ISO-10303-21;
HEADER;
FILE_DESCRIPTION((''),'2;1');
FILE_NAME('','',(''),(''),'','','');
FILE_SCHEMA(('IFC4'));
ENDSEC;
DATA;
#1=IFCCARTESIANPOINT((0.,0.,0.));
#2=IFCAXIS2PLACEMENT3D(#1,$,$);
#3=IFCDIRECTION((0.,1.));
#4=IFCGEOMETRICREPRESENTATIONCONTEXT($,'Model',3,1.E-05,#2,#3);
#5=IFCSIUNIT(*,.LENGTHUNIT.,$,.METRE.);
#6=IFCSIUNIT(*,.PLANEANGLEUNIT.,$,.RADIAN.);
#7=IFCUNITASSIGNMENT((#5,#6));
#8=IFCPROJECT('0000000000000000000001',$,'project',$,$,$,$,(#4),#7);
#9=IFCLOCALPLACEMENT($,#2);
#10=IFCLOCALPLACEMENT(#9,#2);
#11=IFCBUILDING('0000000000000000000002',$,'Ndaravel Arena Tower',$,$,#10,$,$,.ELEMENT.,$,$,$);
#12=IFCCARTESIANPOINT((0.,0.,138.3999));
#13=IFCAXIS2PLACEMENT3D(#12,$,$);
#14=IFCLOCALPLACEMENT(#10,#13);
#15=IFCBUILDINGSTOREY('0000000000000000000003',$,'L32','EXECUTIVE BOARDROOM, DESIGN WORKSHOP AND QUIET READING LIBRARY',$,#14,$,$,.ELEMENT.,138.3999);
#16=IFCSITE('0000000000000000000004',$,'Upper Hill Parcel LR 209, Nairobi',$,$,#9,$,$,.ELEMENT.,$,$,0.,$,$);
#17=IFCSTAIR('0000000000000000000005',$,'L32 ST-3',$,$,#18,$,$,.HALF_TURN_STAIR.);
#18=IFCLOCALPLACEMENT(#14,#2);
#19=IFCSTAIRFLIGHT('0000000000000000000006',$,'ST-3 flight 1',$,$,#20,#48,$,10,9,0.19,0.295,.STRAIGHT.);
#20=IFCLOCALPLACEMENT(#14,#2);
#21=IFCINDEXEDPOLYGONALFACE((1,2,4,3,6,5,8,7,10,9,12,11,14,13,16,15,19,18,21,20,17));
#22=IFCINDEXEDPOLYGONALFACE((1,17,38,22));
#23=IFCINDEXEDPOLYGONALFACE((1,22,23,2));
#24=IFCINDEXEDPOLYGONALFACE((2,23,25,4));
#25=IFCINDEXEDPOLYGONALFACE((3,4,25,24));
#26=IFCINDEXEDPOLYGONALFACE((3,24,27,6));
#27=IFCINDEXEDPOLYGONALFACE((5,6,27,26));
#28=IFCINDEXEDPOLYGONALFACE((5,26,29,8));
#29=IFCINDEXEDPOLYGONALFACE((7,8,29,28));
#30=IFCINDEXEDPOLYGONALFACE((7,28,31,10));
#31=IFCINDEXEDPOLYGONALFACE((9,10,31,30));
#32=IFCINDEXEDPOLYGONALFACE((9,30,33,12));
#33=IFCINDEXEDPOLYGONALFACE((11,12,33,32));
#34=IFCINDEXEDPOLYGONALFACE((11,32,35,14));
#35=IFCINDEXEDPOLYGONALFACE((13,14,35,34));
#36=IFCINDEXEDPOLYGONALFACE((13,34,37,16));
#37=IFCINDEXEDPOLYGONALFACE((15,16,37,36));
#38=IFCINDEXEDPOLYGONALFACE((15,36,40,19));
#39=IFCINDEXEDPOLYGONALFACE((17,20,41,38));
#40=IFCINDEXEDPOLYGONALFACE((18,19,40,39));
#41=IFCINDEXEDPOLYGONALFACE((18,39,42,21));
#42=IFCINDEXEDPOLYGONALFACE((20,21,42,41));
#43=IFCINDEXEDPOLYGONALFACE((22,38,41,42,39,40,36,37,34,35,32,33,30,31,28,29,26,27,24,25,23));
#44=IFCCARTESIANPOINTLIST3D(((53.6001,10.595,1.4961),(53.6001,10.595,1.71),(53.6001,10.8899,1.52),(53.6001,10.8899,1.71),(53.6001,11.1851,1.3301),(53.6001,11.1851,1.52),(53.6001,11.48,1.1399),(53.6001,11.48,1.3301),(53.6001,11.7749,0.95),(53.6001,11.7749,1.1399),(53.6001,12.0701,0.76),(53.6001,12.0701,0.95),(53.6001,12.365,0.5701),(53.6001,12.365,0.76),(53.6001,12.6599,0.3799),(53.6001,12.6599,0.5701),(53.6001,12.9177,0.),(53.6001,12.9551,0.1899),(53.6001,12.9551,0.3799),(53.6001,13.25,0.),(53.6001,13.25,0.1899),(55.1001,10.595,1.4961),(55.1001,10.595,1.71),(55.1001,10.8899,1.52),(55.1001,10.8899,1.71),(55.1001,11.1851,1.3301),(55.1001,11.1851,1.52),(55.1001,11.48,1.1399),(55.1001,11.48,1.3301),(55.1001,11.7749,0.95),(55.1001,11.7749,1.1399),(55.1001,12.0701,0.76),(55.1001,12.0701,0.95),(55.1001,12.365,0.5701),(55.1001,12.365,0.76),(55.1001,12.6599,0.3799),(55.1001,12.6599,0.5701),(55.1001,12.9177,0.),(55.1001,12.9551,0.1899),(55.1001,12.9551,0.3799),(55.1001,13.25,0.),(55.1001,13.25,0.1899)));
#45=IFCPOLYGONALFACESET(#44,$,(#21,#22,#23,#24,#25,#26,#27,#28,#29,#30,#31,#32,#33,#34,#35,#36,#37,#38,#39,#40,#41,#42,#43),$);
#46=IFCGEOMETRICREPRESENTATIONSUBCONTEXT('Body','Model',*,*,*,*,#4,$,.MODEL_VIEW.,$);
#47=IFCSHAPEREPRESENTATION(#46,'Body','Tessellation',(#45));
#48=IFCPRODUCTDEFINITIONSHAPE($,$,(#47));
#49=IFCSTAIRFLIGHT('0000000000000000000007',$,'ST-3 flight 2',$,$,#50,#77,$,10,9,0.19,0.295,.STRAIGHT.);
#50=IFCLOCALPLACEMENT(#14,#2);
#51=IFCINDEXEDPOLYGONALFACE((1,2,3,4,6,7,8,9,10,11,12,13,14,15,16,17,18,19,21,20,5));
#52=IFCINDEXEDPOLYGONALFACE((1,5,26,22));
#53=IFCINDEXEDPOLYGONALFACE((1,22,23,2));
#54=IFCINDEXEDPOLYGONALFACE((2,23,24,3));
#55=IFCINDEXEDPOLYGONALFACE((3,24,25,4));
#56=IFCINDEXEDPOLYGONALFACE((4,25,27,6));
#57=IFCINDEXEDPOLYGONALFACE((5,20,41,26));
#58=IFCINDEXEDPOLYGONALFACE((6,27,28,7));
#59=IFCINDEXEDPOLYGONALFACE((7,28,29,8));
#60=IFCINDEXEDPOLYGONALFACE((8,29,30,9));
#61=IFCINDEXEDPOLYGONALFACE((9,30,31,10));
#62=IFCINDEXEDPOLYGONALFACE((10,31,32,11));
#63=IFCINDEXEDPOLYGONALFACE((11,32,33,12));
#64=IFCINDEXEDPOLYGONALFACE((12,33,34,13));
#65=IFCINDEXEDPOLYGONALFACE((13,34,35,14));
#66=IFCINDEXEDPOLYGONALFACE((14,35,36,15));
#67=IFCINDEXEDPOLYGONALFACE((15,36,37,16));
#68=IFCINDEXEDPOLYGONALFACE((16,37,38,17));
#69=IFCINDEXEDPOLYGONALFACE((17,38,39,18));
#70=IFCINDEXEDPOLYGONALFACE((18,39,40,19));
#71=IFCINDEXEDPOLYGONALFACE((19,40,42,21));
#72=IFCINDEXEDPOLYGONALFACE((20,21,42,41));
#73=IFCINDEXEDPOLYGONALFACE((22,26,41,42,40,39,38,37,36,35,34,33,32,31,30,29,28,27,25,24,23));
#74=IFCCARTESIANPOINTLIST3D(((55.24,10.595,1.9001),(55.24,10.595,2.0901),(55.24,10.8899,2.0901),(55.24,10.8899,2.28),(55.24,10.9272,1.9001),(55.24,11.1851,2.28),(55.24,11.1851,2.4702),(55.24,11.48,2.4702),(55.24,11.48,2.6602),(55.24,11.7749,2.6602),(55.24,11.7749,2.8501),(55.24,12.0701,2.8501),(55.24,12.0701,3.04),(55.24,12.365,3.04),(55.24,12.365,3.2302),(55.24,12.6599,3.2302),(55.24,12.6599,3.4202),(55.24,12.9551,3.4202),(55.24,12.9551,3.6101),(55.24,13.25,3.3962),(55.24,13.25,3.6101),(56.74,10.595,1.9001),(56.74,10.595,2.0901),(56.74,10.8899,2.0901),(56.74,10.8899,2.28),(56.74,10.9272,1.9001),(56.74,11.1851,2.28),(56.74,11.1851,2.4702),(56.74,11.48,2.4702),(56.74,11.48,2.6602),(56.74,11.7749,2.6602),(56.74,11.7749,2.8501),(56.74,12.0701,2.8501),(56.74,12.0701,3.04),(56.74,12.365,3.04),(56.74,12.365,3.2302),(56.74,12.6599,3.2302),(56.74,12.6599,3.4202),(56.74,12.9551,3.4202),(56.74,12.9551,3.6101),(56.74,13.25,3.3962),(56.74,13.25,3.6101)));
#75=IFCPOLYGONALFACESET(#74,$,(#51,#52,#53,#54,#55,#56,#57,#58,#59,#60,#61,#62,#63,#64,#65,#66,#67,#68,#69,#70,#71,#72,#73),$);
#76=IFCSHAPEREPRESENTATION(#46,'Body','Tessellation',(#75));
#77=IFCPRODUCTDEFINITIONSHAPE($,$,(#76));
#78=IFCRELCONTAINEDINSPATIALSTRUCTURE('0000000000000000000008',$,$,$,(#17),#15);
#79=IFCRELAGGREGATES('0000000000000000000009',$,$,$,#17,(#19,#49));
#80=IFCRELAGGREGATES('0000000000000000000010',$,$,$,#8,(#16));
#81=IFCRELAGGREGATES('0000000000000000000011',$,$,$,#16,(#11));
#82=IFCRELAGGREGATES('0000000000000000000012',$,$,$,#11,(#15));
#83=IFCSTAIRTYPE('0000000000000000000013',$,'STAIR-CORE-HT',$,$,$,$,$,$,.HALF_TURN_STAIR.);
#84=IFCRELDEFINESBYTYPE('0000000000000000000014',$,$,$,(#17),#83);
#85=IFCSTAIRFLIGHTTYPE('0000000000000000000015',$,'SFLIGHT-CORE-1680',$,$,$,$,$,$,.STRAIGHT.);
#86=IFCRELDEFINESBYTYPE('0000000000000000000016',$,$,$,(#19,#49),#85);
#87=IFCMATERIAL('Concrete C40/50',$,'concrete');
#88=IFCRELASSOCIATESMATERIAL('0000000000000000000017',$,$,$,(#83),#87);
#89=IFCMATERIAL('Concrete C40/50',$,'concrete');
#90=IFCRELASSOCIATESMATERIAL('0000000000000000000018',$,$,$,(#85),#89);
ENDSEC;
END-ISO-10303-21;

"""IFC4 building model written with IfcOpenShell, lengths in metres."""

from ifc_helpers import new_model, si_unit, direction, frame, origin, place, context, subcontext, project, spatial, polyline, outline, extrude, material, type_object, element, aggregate, save


model = new_model("IFC4")

# Units and contexts
model_context = context("Model", 3, precision=1e-05, world=origin(), true_north=direction((0.0, 1.0)))
body_context = subcontext(model_context, "Body", "Model", "MODEL_VIEW")
ifc_project = project(units=[si_unit("LENGTHUNIT", "METRE"), si_unit("PLANEANGLEUNIT", "RADIAN")], contexts=[model_context])

# Site, building, storey
site_placement = place(None, origin())
site = spatial("IfcSite", under=ifc_project, at=site_placement, Name="Upper Hill Parcel LR 209, Nairobi", CompositionType="ELEMENT", RefElevation=0.0)
building_placement = place(site_placement, origin())
building = spatial("IfcBuilding", under=site, at=building_placement, Name="Ndaravel Arena Tower", CompositionType="ELEMENT")
storey_placement = place(building_placement, frame((0.0, 0.0, 138.3999)))
storey = spatial("IfcBuildingStorey", under=building, at=storey_placement, Name="L32", Description="EXECUTIVE BOARDROOM, DESIGN WORKSHOP AND QUIET READING LIBRARY", CompositionType="ELEMENT", Elevation=138.3999)

# Stair, stair flights
ifc_material_1 = material(Name="Concrete C40/50", Category="concrete")
stair_type = type_object("IfcStairType", Name="STAIR-CORE-HT", PredefinedType="HALF_TURN_STAIR", material=ifc_material_1)
stair_placement = place(storey_placement, origin())
stair = element("IfcStair", 1, at=stair_placement, inside=storey, type_object=stair_type, Name="L32 ST-3", PredefinedType="HALF_TURN_STAIR")
ifc_material_2 = material(Name="Concrete C40/50", Category="concrete")
stair_flight_type = type_object("IfcStairFlightType", Name="SFLIGHT-CORE-1680", PredefinedType="STRAIGHT", material=ifc_material_2)
stair_flight_1_placement = place(storey_placement, frame((54.3501, 13.25, 0.0), z_axis=(0.0, 0.0, 1.0), x_axis=(0.0, -1.0, 0.0)))
stair_flight_1 = element("IfcStairFlight", 2, at=stair_flight_1_placement, type_object=stair_flight_type, Name="ST-3 flight 1", NumberOfRisers=10, NumberOfTreads=9, PredefinedType="STRAIGHT", RiserHeight=0.19, TreadLength=0.295, context=body_context, shape_type="SweptSolid", body=[
    extrude(outline(polyline([(0.0, 0.0), (0.0, 0.1899), (0.2949, 0.1899), (0.2949, 0.3799), (0.5901, 0.3799), (0.5901, 0.5701), (0.885, 0.5701), (0.885, 0.76), (1.1799, 0.76), (1.1799, 0.95), (1.4751, 0.95), (1.4751, 1.1399), (1.77, 1.1399), (1.77, 1.3301), (2.0649, 1.3301), (2.0649, 1.52), (2.3601, 1.52), (2.3601, 1.71), (2.655, 1.71), (2.655, 1.8999), (2.655, 1.4961), (0.3323, 0.0), (0.0, 0.0)])), frame((0.0, 0.75, 0.0), z_axis=(0.0, -1.0, 0.0), x_axis=(1.0, 0.0, 0.0)), (0.0, 0.0, 1.0), 1.5),
])
stair_flight_2_placement = place(storey_placement, frame((55.99, 10.595, 1.9001), z_axis=(0.0, 0.0, 1.0), x_axis=(0.0, 1.0, 0.0)))
stair_flight_2 = element("IfcStairFlight", 3, at=stair_flight_2_placement, type_object=stair_flight_type, Name="ST-3 flight 2", NumberOfRisers=10, NumberOfTreads=9, PredefinedType="STRAIGHT", RiserHeight=0.19, TreadLength=0.295, context=body_context, shape_type="SweptSolid", body=[
    extrude(outline(polyline([(0.0, 0.0), (0.0, 0.1899), (0.2949, 0.1899), (0.2949, 0.3799), (0.5901, 0.3799), (0.5901, 0.5701), (0.885, 0.5701), (0.885, 0.76), (1.1799, 0.76), (1.1799, 0.95), (1.4751, 0.95), (1.4751, 1.1399), (1.77, 1.1399), (1.77, 1.3301), (2.0649, 1.3301), (2.0649, 1.52), (2.3601, 1.52), (2.3601, 1.71), (2.655, 1.71), (2.655, 1.8999), (2.655, 1.4961), (0.3323, 0.0), (0.0, 0.0)])), frame((0.0, 0.75, 0.0), z_axis=(0.0, -1.0, 0.0), x_axis=(1.0, 0.0, 0.0)), (0.0, 0.0, 1.0), 1.5),
])
aggregate(stair, [stair_flight_1, stair_flight_2])

save(model, "model.ifc")
